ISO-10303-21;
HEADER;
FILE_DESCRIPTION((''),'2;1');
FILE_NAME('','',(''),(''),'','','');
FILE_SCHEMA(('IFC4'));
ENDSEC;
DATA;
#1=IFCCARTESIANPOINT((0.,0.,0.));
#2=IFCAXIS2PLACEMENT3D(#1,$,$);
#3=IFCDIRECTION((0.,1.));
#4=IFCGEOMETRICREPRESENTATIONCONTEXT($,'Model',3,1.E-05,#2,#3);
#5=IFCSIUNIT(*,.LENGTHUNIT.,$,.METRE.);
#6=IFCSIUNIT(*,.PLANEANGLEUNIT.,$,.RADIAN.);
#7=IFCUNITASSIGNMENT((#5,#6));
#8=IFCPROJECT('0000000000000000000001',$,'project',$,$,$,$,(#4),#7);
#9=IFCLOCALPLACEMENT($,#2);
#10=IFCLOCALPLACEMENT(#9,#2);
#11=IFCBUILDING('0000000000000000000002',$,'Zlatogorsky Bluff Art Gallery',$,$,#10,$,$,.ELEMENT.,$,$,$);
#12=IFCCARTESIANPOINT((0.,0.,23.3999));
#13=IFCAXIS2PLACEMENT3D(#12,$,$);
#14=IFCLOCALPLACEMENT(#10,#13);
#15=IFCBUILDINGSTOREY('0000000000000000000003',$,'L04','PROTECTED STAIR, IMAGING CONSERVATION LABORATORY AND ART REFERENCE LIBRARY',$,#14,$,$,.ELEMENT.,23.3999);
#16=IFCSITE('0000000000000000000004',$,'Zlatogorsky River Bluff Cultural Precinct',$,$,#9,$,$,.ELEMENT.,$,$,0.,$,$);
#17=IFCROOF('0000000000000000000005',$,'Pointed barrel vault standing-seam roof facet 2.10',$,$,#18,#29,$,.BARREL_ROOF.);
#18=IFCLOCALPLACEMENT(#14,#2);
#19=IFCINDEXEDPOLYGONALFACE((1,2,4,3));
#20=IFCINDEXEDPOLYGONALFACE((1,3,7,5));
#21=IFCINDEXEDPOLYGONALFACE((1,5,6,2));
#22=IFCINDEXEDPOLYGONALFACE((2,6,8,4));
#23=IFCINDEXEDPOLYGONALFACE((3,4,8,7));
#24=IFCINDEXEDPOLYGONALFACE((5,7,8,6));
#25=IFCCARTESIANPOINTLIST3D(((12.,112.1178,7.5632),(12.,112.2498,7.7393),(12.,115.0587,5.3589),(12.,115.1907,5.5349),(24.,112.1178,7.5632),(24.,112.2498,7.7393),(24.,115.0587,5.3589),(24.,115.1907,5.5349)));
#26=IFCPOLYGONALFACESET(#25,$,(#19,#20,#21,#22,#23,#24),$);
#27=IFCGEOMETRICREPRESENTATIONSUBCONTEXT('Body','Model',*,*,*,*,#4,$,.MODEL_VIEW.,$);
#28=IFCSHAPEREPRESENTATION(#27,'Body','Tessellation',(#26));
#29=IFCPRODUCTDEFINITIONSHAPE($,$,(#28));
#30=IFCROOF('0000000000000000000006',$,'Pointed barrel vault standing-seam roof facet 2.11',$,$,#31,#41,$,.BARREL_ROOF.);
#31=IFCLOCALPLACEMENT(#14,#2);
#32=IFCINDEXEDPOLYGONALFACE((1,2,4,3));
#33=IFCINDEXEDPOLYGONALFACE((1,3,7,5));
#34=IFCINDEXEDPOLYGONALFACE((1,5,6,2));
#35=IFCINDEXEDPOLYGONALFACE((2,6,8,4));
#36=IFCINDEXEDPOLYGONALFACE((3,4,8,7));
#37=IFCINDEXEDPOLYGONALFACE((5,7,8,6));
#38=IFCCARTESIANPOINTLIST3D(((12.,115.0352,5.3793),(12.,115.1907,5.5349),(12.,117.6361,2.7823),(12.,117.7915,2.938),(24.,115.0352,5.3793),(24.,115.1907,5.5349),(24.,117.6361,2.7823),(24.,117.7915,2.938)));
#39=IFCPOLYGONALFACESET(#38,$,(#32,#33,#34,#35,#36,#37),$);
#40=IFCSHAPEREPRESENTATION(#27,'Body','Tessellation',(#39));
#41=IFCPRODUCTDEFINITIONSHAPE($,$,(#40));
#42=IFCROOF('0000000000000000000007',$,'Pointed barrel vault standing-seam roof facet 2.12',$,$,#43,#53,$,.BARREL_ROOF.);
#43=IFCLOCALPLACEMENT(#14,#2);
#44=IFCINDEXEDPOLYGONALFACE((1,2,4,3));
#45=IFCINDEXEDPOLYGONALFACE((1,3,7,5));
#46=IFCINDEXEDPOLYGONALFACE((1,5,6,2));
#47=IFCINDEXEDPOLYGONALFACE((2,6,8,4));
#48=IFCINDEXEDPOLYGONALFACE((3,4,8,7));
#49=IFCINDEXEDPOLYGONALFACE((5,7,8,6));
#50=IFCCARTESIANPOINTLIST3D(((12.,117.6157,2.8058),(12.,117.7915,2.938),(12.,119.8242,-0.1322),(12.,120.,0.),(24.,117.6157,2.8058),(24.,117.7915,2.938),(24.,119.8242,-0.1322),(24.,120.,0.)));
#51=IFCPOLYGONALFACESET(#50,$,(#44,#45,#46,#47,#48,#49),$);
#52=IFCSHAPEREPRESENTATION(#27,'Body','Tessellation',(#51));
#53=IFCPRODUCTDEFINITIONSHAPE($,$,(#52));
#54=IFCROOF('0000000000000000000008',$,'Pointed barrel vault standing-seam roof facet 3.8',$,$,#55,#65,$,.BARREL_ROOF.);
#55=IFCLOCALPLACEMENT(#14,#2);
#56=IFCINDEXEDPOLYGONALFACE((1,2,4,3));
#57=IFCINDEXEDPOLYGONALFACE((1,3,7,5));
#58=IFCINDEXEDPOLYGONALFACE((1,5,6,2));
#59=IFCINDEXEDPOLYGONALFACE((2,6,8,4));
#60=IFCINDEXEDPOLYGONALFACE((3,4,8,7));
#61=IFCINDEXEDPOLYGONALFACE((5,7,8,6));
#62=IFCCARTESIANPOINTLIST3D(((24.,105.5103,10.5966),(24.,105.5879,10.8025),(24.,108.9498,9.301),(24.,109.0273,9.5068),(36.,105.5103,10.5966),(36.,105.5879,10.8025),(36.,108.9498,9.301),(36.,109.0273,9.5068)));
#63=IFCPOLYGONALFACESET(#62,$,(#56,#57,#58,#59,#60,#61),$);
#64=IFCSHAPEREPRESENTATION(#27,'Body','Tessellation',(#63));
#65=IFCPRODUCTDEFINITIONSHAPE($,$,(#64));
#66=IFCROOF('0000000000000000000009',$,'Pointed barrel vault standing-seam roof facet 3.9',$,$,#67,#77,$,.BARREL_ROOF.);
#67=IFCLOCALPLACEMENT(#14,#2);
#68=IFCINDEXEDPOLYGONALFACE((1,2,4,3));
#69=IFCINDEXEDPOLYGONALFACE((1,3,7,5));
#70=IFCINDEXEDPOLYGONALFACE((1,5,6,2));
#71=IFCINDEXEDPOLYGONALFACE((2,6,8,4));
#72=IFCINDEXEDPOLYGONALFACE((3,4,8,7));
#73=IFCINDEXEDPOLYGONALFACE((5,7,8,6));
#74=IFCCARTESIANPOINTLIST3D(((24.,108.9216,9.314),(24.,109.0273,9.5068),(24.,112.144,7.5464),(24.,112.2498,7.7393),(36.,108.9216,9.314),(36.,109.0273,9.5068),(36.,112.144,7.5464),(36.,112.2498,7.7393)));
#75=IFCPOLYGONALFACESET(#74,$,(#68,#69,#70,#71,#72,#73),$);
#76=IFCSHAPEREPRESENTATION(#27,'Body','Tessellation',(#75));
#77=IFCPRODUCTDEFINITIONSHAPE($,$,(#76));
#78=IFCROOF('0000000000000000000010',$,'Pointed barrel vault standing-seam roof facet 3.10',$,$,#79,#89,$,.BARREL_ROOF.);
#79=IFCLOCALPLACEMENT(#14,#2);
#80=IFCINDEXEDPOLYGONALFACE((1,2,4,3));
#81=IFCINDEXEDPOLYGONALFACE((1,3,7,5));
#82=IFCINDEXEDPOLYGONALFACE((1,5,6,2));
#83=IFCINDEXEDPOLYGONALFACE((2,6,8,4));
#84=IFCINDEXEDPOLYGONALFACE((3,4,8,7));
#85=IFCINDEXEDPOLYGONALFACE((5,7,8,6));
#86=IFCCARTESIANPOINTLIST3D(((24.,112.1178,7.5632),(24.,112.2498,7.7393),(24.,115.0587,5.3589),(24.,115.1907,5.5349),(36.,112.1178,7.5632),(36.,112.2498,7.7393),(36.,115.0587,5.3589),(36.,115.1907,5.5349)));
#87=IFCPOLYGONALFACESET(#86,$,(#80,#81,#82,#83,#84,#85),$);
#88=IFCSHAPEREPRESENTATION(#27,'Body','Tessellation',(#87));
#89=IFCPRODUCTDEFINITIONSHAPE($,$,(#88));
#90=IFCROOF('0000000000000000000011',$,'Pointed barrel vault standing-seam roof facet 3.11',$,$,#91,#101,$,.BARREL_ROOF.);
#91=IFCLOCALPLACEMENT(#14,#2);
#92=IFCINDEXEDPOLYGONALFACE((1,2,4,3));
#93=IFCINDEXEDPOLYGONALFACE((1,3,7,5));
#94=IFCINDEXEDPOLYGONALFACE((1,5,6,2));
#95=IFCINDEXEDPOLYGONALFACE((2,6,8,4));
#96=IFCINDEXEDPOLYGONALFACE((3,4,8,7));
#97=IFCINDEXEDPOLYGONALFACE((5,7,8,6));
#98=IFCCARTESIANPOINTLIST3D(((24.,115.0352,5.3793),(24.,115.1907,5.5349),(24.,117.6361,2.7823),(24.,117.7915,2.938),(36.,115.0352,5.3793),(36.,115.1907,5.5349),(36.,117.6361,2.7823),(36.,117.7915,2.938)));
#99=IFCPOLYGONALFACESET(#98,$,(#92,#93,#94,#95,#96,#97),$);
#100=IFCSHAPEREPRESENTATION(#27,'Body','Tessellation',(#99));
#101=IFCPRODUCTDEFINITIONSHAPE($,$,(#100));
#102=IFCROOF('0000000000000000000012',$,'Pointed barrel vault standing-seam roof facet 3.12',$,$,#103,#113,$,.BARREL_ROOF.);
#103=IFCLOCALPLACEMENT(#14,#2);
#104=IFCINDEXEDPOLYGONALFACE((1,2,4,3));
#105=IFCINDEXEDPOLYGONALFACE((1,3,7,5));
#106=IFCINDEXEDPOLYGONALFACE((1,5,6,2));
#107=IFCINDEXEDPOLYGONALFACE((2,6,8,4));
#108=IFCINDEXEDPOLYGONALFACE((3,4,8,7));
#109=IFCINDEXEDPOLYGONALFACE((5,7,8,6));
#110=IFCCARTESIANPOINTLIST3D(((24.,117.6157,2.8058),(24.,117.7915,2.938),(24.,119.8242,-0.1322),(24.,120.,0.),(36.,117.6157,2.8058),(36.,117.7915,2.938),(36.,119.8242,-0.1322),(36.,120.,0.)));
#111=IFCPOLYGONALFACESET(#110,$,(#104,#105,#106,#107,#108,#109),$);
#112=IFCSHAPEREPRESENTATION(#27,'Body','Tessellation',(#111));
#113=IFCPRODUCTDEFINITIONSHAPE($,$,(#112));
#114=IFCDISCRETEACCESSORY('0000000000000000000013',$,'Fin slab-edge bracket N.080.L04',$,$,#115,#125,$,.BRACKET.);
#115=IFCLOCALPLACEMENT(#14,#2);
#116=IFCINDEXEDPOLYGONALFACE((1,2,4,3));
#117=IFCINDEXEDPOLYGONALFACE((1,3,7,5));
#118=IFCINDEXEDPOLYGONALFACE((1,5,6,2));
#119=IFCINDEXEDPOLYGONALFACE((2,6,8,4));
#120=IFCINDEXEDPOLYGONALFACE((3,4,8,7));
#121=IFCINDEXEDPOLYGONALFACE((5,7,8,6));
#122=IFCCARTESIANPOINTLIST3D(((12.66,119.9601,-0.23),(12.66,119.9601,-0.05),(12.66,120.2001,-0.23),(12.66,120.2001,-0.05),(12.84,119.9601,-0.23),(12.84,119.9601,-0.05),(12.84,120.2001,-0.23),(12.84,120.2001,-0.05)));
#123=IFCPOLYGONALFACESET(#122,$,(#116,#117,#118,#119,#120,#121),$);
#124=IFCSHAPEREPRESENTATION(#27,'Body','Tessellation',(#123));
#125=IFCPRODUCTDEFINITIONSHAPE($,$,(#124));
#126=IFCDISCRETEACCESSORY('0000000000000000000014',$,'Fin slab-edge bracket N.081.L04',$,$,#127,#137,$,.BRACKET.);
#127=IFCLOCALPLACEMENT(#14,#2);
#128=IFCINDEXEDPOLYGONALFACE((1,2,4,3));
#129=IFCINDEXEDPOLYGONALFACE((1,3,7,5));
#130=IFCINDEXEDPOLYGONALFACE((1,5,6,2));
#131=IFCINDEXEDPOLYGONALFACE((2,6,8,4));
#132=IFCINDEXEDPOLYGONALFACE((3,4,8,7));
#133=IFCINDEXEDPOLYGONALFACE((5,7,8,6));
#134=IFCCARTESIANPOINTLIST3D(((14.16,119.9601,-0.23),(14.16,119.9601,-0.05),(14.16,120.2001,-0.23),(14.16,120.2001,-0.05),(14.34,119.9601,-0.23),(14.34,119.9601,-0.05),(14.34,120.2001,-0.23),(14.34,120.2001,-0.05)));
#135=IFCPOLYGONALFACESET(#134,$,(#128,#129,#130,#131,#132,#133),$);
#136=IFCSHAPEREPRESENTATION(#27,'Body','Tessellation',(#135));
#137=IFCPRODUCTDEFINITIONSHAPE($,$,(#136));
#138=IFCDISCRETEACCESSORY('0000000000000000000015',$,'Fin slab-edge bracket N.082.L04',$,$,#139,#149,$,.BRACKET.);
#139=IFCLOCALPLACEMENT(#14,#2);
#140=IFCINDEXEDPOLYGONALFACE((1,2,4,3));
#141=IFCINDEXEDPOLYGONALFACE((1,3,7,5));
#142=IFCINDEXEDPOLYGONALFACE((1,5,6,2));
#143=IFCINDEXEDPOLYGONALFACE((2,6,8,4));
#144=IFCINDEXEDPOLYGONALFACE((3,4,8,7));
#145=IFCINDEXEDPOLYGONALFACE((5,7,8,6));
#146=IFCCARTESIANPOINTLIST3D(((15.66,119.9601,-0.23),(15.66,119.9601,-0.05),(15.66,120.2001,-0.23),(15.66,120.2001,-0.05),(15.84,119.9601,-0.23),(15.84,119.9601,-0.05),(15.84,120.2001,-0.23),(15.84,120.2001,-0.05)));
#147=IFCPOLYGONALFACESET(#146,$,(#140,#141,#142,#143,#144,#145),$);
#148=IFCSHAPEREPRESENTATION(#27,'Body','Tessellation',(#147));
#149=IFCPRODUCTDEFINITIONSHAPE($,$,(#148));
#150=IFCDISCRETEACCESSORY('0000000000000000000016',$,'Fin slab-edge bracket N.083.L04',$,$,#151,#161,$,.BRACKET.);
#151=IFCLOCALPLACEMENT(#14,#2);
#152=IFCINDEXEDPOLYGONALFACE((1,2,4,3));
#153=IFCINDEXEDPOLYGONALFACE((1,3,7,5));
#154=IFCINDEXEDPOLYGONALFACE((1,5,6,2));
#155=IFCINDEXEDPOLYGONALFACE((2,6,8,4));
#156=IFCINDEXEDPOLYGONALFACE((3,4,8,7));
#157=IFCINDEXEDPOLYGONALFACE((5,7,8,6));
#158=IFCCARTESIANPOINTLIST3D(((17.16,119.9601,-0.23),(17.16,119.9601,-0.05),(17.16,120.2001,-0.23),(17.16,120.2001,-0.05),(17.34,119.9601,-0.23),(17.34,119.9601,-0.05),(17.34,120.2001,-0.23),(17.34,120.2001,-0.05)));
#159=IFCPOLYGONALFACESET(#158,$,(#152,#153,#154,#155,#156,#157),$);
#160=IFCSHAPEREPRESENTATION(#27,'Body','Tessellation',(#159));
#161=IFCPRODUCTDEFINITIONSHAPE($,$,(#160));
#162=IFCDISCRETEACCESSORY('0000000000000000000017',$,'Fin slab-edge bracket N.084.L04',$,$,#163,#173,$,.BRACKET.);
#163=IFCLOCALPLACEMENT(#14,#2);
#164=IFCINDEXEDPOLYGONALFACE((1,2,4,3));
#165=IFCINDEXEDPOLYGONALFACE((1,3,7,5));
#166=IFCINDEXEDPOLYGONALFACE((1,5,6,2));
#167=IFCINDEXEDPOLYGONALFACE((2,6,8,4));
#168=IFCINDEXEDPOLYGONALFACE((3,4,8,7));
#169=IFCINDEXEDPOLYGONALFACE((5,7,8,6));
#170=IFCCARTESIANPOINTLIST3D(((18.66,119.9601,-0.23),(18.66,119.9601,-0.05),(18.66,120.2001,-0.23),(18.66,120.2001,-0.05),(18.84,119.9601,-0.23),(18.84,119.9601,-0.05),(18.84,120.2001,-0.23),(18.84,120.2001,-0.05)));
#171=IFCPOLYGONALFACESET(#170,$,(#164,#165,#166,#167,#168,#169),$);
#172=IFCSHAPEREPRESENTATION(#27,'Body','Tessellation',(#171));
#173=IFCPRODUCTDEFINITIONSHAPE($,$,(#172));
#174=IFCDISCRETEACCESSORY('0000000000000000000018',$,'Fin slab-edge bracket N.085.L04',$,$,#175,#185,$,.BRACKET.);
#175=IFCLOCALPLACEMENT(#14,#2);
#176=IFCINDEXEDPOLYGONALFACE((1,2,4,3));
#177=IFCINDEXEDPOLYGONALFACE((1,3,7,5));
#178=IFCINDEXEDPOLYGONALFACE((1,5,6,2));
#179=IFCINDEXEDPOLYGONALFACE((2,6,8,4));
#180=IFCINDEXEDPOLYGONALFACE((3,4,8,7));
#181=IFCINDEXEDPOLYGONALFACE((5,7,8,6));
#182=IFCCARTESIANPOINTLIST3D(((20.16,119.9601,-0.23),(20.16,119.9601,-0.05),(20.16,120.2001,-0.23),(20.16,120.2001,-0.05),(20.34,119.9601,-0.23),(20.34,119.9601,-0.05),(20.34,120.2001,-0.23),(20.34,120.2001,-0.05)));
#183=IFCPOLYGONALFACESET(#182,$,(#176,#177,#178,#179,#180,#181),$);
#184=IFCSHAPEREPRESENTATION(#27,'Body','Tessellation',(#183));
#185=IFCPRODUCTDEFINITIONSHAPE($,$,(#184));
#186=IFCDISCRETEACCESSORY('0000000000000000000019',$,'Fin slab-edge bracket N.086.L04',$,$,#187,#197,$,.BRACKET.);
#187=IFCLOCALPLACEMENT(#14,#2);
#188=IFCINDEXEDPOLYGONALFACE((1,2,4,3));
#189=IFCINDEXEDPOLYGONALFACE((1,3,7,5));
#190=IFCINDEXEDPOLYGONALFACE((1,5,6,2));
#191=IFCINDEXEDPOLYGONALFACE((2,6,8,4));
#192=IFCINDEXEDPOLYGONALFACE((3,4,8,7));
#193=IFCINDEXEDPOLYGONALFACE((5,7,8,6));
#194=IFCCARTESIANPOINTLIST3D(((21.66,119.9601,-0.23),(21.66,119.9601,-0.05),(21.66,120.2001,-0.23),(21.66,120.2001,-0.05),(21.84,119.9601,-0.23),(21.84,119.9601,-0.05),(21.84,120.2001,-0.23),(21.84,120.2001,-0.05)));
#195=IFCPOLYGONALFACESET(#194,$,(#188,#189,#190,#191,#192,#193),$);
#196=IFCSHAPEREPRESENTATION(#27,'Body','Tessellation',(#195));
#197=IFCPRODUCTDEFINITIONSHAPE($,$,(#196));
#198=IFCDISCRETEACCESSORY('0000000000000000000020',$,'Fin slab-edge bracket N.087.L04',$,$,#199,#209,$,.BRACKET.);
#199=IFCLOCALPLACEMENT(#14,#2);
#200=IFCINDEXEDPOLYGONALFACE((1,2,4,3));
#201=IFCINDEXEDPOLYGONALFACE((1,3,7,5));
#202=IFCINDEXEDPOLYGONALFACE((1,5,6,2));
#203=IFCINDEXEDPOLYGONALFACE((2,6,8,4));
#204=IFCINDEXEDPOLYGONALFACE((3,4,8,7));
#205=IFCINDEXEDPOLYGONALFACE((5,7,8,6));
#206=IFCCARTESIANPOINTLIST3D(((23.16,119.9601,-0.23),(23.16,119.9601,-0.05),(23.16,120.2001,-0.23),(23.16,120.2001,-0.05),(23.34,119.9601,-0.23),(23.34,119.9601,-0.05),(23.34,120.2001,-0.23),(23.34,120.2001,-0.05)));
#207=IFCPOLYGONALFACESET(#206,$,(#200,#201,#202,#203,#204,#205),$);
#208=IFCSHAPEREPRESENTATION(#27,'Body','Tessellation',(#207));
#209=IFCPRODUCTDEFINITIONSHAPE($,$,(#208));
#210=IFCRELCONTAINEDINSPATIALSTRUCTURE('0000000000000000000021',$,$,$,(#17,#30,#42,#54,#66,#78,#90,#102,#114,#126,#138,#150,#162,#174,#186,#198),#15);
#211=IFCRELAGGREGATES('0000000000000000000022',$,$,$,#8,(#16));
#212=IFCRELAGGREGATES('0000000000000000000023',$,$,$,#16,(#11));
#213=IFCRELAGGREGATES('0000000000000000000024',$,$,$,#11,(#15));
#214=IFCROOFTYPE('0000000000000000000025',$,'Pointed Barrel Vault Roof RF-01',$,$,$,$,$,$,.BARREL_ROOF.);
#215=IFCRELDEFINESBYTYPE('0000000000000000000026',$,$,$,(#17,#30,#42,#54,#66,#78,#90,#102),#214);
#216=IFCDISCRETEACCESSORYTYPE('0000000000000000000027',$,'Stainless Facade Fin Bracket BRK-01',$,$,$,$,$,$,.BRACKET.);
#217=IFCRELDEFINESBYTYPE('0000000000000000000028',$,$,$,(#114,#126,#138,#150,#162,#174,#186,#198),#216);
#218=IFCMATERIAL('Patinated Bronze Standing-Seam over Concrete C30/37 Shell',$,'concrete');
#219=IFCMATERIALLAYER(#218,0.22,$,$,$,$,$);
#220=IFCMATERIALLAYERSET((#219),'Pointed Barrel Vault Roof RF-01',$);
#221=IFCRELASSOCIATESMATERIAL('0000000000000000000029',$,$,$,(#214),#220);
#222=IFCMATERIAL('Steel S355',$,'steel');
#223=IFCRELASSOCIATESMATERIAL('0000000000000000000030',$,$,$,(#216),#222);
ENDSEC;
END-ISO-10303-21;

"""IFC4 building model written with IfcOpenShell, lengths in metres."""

from ifc_helpers import new_model, si_unit, direction, frame, origin, origin_2d, place, context, subcontext, project, spatial, polyline, rectangle, outline, extrude, material, layer, layer_set, type_object, element, save


model = new_model("IFC4")

# Units and contexts
model_context = context("Model", 3, precision=1e-05, world=origin(), true_north=direction((0.0, 1.0)))
body_context = subcontext(model_context, "Body", "Model", "MODEL_VIEW")
ifc_project = project(units=[si_unit("LENGTHUNIT", "METRE"), si_unit("PLANEANGLEUNIT", "RADIAN")], contexts=[model_context])

# Site, building, storey
site_placement = place(None, origin())
site = spatial("IfcSite", under=ifc_project, at=site_placement, Name="Zlatogorsky River Bluff Cultural Precinct", CompositionType="ELEMENT", RefElevation=0.0)
building_placement = place(site_placement, origin())
building = spatial("IfcBuilding", under=site, at=building_placement, Name="Zlatogorsky Bluff Art Gallery", CompositionType="ELEMENT")
storey_placement = place(building_placement, frame((0.0, 0.0, 23.3999)))
storey = spatial("IfcBuildingStorey", under=building, at=storey_placement, Name="L04", Description="PROTECTED STAIR, IMAGING CONSERVATION LABORATORY AND ART REFERENCE LIBRARY", CompositionType="ELEMENT", Elevation=23.3999)

# Shared definitions
ifc_material_1 = material(Name="Steel S355", Category="steel")

# Roofs
ifc_material_2 = material(Name="Patinated Bronze Standing-Seam over Concrete C30/37 Shell", Category="concrete")
ifc_layer_1 = layer(ifc_material_2, 0.22)
ifc_layer_set_1 = layer_set([ifc_layer_1], Name="Pointed Barrel Vault Roof RF-01")
roof_type = type_object("IfcRoofType", Name="Pointed Barrel Vault Roof RF-01", PredefinedType="BARREL_ROOF", material=ifc_layer_set_1)
roof_1_placement = place(storey_placement, frame((12.0, 112.2498, 7.7393), z_axis=(0.0, 0.599766, 0.800175), x_axis=(1.0, 0.0, 0.0)))
element("IfcRoof", 1, at=roof_1_placement, inside=storey, type_object=roof_type, Name="Pointed barrel vault standing-seam roof facet 2.10", PredefinedType="BARREL_ROOF", context=body_context, shape_type="SweptSolid", body=[
    extrude(outline(polyline([(0.0, 0.0), (12.0, 0.0), (12.0, 3.6753), (0.0, 3.6753), (0.0, 0.0)])), origin(), (0.0, 0.0, -1.0), 0.22),
])
roof_2_placement = place(storey_placement, frame((12.0, 115.1907, 5.5349), z_axis=(0.0, 0.706575, 0.707638), x_axis=(1.0, 0.0, 0.0)))
element("IfcRoof", 2, at=roof_2_placement, inside=storey, type_object=roof_type, Name="Pointed barrel vault standing-seam roof facet 2.11", PredefinedType="BARREL_ROOF", context=body_context, shape_type="SweptSolid", body=[
    extrude(outline(polyline([(0.0, 0.0), (12.0, 0.0), (12.0, 3.6754), (0.0, 3.6754), (0.0, 0.0)])), origin(), (0.0, 0.0, -1.0), 0.22),
])
roof_3_placement = place(storey_placement, frame((12.0, 117.7915, 2.938), z_axis=(0.0, 0.799346, 0.600871), x_axis=(1.0, 0.0, 0.0)))
element("IfcRoof", 3, at=roof_3_placement, inside=storey, type_object=roof_type, Name="Pointed barrel vault standing-seam roof facet 2.12", PredefinedType="BARREL_ROOF", context=body_context, shape_type="SweptSolid", body=[
    extrude(outline(polyline([(0.0, 0.0), (12.0, 0.0), (12.0, 3.6755), (0.0, 3.6755), (0.0, 0.0)])), origin(), (0.0, 0.0, -1.0), 0.22),
])
roof_4_placement = place(storey_placement, frame((24.0, 105.5879, 10.8025), z_axis=(0.0, 0.352521, 0.935804), x_axis=(1.0, 0.0, 0.0)))
element("IfcRoof", 4, at=roof_4_placement, inside=storey, type_object=roof_type, Name="Pointed barrel vault standing-seam roof facet 3.8", PredefinedType="BARREL_ROOF", context=body_context, shape_type="SweptSolid", body=[
    extrude(outline(polyline([(0.0, 0.0), (12.0, 0.0), (12.0, 3.6754), (0.0, 3.6754), (0.0, 0.0)])), origin(), (0.0, 0.0, -1.0), 0.22),
])
roof_5_placement = place(storey_placement, frame((24.0, 109.0273, 9.5068), z_axis=(0.0, 0.480927, 0.876761), x_axis=(1.0, 0.0, 0.0)))
element("IfcRoof", 5, at=roof_5_placement, inside=storey, type_object=roof_type, Name="Pointed barrel vault standing-seam roof facet 3.9", PredefinedType="BARREL_ROOF", context=body_context, shape_type="SweptSolid", body=[
    extrude(outline(polyline([(0.0, 0.0), (12.0, 0.0), (12.0, 3.6754), (0.0, 3.6754), (0.0, 0.0)])), origin(), (0.0, 0.0, -1.0), 0.22),
])
roof_6_placement = place(storey_placement, frame((24.0, 112.2498, 7.7393), z_axis=(0.0, 0.599766, 0.800175), x_axis=(1.0, 0.0, 0.0)))
element("IfcRoof", 6, at=roof_6_placement, inside=storey, type_object=roof_type, Name="Pointed barrel vault standing-seam roof facet 3.10", PredefinedType="BARREL_ROOF", context=body_context, shape_type="SweptSolid", body=[
    extrude(outline(polyline([(0.0, 0.0), (12.0, 0.0), (12.0, 3.6753), (0.0, 3.6753), (0.0, 0.0)])), origin(), (0.0, 0.0, -1.0), 0.22),
])
roof_7_placement = place(storey_placement, frame((24.0, 115.1907, 5.5349), z_axis=(0.0, 0.706575, 0.707638), x_axis=(1.0, 0.0, 0.0)))
element("IfcRoof", 7, at=roof_7_placement, inside=storey, type_object=roof_type, Name="Pointed barrel vault standing-seam roof facet 3.11", PredefinedType="BARREL_ROOF", context=body_context, shape_type="SweptSolid", body=[
    extrude(outline(polyline([(0.0, 0.0), (12.0, 0.0), (12.0, 3.6754), (0.0, 3.6754), (0.0, 0.0)])), origin(), (0.0, 0.0, -1.0), 0.22),
])
roof_8_placement = place(storey_placement, frame((24.0, 117.7915, 2.938), z_axis=(0.0, 0.799346, 0.600871), x_axis=(1.0, 0.0, 0.0)))
element("IfcRoof", 8, at=roof_8_placement, inside=storey, type_object=roof_type, Name="Pointed barrel vault standing-seam roof facet 3.12", PredefinedType="BARREL_ROOF", context=body_context, shape_type="SweptSolid", body=[
    extrude(outline(polyline([(0.0, 0.0), (12.0, 0.0), (12.0, 3.6755), (0.0, 3.6755), (0.0, 0.0)])), origin(), (0.0, 0.0, -1.0), 0.22),
])

# Discrete accessories
discrete_accessory_type = type_object("IfcDiscreteAccessoryType", Name="Stainless Facade Fin Bracket BRK-01", PredefinedType="BRACKET", material=ifc_material_1)
for number, where, z_axis, x_axis, name in (
    (9, (12.75, 120.0801, -0.23), (0.0, 0.0, 1.0), (1.0, 0.0, 0.0), "Fin slab-edge bracket N.080.L04"),
    (10, (14.25, 120.0801, -0.23), (0.0, 0.0, 1.0), (1.0, 0.0, 0.0), "Fin slab-edge bracket N.081.L04"),
    (11, (15.75, 120.0801, -0.23), (0.0, 0.0, 1.0), (1.0, 0.0, 0.0), "Fin slab-edge bracket N.082.L04"),
    (12, (17.25, 120.0801, -0.23), (0.0, 0.0, 1.0), (1.0, 0.0, 0.0), "Fin slab-edge bracket N.083.L04"),
    (13, (18.75, 120.0801, -0.23), (0.0, 0.0, 1.0), (1.0, 0.0, 0.0), "Fin slab-edge bracket N.084.L04"),
    (14, (20.25, 120.0801, -0.23), (0.0, 0.0, 1.0), (1.0, 0.0, 0.0), "Fin slab-edge bracket N.085.L04"),
    (15, (21.75, 120.0801, -0.23), (0.0, 0.0, 1.0), (1.0, 0.0, 0.0), "Fin slab-edge bracket N.086.L04"),
    (16, (23.25, 120.0801, -0.23), (0.0, 0.0, 1.0), (1.0, 0.0, 0.0), "Fin slab-edge bracket N.087.L04"),
):
    element("IfcDiscreteAccessory", number, at=place(storey_placement, frame(where, z_axis=z_axis, x_axis=x_axis)), inside=storey, type_object=discrete_accessory_type, Name=name, PredefinedType="BRACKET", context=body_context, shape_type="SweptSolid", body=[
        extrude(rectangle(XDim=0.1799, YDim=0.24, at=origin_2d()), origin(), (0.0, 0.0, 1.0), 0.1799),
    ])

save(model, "model.ifc")
